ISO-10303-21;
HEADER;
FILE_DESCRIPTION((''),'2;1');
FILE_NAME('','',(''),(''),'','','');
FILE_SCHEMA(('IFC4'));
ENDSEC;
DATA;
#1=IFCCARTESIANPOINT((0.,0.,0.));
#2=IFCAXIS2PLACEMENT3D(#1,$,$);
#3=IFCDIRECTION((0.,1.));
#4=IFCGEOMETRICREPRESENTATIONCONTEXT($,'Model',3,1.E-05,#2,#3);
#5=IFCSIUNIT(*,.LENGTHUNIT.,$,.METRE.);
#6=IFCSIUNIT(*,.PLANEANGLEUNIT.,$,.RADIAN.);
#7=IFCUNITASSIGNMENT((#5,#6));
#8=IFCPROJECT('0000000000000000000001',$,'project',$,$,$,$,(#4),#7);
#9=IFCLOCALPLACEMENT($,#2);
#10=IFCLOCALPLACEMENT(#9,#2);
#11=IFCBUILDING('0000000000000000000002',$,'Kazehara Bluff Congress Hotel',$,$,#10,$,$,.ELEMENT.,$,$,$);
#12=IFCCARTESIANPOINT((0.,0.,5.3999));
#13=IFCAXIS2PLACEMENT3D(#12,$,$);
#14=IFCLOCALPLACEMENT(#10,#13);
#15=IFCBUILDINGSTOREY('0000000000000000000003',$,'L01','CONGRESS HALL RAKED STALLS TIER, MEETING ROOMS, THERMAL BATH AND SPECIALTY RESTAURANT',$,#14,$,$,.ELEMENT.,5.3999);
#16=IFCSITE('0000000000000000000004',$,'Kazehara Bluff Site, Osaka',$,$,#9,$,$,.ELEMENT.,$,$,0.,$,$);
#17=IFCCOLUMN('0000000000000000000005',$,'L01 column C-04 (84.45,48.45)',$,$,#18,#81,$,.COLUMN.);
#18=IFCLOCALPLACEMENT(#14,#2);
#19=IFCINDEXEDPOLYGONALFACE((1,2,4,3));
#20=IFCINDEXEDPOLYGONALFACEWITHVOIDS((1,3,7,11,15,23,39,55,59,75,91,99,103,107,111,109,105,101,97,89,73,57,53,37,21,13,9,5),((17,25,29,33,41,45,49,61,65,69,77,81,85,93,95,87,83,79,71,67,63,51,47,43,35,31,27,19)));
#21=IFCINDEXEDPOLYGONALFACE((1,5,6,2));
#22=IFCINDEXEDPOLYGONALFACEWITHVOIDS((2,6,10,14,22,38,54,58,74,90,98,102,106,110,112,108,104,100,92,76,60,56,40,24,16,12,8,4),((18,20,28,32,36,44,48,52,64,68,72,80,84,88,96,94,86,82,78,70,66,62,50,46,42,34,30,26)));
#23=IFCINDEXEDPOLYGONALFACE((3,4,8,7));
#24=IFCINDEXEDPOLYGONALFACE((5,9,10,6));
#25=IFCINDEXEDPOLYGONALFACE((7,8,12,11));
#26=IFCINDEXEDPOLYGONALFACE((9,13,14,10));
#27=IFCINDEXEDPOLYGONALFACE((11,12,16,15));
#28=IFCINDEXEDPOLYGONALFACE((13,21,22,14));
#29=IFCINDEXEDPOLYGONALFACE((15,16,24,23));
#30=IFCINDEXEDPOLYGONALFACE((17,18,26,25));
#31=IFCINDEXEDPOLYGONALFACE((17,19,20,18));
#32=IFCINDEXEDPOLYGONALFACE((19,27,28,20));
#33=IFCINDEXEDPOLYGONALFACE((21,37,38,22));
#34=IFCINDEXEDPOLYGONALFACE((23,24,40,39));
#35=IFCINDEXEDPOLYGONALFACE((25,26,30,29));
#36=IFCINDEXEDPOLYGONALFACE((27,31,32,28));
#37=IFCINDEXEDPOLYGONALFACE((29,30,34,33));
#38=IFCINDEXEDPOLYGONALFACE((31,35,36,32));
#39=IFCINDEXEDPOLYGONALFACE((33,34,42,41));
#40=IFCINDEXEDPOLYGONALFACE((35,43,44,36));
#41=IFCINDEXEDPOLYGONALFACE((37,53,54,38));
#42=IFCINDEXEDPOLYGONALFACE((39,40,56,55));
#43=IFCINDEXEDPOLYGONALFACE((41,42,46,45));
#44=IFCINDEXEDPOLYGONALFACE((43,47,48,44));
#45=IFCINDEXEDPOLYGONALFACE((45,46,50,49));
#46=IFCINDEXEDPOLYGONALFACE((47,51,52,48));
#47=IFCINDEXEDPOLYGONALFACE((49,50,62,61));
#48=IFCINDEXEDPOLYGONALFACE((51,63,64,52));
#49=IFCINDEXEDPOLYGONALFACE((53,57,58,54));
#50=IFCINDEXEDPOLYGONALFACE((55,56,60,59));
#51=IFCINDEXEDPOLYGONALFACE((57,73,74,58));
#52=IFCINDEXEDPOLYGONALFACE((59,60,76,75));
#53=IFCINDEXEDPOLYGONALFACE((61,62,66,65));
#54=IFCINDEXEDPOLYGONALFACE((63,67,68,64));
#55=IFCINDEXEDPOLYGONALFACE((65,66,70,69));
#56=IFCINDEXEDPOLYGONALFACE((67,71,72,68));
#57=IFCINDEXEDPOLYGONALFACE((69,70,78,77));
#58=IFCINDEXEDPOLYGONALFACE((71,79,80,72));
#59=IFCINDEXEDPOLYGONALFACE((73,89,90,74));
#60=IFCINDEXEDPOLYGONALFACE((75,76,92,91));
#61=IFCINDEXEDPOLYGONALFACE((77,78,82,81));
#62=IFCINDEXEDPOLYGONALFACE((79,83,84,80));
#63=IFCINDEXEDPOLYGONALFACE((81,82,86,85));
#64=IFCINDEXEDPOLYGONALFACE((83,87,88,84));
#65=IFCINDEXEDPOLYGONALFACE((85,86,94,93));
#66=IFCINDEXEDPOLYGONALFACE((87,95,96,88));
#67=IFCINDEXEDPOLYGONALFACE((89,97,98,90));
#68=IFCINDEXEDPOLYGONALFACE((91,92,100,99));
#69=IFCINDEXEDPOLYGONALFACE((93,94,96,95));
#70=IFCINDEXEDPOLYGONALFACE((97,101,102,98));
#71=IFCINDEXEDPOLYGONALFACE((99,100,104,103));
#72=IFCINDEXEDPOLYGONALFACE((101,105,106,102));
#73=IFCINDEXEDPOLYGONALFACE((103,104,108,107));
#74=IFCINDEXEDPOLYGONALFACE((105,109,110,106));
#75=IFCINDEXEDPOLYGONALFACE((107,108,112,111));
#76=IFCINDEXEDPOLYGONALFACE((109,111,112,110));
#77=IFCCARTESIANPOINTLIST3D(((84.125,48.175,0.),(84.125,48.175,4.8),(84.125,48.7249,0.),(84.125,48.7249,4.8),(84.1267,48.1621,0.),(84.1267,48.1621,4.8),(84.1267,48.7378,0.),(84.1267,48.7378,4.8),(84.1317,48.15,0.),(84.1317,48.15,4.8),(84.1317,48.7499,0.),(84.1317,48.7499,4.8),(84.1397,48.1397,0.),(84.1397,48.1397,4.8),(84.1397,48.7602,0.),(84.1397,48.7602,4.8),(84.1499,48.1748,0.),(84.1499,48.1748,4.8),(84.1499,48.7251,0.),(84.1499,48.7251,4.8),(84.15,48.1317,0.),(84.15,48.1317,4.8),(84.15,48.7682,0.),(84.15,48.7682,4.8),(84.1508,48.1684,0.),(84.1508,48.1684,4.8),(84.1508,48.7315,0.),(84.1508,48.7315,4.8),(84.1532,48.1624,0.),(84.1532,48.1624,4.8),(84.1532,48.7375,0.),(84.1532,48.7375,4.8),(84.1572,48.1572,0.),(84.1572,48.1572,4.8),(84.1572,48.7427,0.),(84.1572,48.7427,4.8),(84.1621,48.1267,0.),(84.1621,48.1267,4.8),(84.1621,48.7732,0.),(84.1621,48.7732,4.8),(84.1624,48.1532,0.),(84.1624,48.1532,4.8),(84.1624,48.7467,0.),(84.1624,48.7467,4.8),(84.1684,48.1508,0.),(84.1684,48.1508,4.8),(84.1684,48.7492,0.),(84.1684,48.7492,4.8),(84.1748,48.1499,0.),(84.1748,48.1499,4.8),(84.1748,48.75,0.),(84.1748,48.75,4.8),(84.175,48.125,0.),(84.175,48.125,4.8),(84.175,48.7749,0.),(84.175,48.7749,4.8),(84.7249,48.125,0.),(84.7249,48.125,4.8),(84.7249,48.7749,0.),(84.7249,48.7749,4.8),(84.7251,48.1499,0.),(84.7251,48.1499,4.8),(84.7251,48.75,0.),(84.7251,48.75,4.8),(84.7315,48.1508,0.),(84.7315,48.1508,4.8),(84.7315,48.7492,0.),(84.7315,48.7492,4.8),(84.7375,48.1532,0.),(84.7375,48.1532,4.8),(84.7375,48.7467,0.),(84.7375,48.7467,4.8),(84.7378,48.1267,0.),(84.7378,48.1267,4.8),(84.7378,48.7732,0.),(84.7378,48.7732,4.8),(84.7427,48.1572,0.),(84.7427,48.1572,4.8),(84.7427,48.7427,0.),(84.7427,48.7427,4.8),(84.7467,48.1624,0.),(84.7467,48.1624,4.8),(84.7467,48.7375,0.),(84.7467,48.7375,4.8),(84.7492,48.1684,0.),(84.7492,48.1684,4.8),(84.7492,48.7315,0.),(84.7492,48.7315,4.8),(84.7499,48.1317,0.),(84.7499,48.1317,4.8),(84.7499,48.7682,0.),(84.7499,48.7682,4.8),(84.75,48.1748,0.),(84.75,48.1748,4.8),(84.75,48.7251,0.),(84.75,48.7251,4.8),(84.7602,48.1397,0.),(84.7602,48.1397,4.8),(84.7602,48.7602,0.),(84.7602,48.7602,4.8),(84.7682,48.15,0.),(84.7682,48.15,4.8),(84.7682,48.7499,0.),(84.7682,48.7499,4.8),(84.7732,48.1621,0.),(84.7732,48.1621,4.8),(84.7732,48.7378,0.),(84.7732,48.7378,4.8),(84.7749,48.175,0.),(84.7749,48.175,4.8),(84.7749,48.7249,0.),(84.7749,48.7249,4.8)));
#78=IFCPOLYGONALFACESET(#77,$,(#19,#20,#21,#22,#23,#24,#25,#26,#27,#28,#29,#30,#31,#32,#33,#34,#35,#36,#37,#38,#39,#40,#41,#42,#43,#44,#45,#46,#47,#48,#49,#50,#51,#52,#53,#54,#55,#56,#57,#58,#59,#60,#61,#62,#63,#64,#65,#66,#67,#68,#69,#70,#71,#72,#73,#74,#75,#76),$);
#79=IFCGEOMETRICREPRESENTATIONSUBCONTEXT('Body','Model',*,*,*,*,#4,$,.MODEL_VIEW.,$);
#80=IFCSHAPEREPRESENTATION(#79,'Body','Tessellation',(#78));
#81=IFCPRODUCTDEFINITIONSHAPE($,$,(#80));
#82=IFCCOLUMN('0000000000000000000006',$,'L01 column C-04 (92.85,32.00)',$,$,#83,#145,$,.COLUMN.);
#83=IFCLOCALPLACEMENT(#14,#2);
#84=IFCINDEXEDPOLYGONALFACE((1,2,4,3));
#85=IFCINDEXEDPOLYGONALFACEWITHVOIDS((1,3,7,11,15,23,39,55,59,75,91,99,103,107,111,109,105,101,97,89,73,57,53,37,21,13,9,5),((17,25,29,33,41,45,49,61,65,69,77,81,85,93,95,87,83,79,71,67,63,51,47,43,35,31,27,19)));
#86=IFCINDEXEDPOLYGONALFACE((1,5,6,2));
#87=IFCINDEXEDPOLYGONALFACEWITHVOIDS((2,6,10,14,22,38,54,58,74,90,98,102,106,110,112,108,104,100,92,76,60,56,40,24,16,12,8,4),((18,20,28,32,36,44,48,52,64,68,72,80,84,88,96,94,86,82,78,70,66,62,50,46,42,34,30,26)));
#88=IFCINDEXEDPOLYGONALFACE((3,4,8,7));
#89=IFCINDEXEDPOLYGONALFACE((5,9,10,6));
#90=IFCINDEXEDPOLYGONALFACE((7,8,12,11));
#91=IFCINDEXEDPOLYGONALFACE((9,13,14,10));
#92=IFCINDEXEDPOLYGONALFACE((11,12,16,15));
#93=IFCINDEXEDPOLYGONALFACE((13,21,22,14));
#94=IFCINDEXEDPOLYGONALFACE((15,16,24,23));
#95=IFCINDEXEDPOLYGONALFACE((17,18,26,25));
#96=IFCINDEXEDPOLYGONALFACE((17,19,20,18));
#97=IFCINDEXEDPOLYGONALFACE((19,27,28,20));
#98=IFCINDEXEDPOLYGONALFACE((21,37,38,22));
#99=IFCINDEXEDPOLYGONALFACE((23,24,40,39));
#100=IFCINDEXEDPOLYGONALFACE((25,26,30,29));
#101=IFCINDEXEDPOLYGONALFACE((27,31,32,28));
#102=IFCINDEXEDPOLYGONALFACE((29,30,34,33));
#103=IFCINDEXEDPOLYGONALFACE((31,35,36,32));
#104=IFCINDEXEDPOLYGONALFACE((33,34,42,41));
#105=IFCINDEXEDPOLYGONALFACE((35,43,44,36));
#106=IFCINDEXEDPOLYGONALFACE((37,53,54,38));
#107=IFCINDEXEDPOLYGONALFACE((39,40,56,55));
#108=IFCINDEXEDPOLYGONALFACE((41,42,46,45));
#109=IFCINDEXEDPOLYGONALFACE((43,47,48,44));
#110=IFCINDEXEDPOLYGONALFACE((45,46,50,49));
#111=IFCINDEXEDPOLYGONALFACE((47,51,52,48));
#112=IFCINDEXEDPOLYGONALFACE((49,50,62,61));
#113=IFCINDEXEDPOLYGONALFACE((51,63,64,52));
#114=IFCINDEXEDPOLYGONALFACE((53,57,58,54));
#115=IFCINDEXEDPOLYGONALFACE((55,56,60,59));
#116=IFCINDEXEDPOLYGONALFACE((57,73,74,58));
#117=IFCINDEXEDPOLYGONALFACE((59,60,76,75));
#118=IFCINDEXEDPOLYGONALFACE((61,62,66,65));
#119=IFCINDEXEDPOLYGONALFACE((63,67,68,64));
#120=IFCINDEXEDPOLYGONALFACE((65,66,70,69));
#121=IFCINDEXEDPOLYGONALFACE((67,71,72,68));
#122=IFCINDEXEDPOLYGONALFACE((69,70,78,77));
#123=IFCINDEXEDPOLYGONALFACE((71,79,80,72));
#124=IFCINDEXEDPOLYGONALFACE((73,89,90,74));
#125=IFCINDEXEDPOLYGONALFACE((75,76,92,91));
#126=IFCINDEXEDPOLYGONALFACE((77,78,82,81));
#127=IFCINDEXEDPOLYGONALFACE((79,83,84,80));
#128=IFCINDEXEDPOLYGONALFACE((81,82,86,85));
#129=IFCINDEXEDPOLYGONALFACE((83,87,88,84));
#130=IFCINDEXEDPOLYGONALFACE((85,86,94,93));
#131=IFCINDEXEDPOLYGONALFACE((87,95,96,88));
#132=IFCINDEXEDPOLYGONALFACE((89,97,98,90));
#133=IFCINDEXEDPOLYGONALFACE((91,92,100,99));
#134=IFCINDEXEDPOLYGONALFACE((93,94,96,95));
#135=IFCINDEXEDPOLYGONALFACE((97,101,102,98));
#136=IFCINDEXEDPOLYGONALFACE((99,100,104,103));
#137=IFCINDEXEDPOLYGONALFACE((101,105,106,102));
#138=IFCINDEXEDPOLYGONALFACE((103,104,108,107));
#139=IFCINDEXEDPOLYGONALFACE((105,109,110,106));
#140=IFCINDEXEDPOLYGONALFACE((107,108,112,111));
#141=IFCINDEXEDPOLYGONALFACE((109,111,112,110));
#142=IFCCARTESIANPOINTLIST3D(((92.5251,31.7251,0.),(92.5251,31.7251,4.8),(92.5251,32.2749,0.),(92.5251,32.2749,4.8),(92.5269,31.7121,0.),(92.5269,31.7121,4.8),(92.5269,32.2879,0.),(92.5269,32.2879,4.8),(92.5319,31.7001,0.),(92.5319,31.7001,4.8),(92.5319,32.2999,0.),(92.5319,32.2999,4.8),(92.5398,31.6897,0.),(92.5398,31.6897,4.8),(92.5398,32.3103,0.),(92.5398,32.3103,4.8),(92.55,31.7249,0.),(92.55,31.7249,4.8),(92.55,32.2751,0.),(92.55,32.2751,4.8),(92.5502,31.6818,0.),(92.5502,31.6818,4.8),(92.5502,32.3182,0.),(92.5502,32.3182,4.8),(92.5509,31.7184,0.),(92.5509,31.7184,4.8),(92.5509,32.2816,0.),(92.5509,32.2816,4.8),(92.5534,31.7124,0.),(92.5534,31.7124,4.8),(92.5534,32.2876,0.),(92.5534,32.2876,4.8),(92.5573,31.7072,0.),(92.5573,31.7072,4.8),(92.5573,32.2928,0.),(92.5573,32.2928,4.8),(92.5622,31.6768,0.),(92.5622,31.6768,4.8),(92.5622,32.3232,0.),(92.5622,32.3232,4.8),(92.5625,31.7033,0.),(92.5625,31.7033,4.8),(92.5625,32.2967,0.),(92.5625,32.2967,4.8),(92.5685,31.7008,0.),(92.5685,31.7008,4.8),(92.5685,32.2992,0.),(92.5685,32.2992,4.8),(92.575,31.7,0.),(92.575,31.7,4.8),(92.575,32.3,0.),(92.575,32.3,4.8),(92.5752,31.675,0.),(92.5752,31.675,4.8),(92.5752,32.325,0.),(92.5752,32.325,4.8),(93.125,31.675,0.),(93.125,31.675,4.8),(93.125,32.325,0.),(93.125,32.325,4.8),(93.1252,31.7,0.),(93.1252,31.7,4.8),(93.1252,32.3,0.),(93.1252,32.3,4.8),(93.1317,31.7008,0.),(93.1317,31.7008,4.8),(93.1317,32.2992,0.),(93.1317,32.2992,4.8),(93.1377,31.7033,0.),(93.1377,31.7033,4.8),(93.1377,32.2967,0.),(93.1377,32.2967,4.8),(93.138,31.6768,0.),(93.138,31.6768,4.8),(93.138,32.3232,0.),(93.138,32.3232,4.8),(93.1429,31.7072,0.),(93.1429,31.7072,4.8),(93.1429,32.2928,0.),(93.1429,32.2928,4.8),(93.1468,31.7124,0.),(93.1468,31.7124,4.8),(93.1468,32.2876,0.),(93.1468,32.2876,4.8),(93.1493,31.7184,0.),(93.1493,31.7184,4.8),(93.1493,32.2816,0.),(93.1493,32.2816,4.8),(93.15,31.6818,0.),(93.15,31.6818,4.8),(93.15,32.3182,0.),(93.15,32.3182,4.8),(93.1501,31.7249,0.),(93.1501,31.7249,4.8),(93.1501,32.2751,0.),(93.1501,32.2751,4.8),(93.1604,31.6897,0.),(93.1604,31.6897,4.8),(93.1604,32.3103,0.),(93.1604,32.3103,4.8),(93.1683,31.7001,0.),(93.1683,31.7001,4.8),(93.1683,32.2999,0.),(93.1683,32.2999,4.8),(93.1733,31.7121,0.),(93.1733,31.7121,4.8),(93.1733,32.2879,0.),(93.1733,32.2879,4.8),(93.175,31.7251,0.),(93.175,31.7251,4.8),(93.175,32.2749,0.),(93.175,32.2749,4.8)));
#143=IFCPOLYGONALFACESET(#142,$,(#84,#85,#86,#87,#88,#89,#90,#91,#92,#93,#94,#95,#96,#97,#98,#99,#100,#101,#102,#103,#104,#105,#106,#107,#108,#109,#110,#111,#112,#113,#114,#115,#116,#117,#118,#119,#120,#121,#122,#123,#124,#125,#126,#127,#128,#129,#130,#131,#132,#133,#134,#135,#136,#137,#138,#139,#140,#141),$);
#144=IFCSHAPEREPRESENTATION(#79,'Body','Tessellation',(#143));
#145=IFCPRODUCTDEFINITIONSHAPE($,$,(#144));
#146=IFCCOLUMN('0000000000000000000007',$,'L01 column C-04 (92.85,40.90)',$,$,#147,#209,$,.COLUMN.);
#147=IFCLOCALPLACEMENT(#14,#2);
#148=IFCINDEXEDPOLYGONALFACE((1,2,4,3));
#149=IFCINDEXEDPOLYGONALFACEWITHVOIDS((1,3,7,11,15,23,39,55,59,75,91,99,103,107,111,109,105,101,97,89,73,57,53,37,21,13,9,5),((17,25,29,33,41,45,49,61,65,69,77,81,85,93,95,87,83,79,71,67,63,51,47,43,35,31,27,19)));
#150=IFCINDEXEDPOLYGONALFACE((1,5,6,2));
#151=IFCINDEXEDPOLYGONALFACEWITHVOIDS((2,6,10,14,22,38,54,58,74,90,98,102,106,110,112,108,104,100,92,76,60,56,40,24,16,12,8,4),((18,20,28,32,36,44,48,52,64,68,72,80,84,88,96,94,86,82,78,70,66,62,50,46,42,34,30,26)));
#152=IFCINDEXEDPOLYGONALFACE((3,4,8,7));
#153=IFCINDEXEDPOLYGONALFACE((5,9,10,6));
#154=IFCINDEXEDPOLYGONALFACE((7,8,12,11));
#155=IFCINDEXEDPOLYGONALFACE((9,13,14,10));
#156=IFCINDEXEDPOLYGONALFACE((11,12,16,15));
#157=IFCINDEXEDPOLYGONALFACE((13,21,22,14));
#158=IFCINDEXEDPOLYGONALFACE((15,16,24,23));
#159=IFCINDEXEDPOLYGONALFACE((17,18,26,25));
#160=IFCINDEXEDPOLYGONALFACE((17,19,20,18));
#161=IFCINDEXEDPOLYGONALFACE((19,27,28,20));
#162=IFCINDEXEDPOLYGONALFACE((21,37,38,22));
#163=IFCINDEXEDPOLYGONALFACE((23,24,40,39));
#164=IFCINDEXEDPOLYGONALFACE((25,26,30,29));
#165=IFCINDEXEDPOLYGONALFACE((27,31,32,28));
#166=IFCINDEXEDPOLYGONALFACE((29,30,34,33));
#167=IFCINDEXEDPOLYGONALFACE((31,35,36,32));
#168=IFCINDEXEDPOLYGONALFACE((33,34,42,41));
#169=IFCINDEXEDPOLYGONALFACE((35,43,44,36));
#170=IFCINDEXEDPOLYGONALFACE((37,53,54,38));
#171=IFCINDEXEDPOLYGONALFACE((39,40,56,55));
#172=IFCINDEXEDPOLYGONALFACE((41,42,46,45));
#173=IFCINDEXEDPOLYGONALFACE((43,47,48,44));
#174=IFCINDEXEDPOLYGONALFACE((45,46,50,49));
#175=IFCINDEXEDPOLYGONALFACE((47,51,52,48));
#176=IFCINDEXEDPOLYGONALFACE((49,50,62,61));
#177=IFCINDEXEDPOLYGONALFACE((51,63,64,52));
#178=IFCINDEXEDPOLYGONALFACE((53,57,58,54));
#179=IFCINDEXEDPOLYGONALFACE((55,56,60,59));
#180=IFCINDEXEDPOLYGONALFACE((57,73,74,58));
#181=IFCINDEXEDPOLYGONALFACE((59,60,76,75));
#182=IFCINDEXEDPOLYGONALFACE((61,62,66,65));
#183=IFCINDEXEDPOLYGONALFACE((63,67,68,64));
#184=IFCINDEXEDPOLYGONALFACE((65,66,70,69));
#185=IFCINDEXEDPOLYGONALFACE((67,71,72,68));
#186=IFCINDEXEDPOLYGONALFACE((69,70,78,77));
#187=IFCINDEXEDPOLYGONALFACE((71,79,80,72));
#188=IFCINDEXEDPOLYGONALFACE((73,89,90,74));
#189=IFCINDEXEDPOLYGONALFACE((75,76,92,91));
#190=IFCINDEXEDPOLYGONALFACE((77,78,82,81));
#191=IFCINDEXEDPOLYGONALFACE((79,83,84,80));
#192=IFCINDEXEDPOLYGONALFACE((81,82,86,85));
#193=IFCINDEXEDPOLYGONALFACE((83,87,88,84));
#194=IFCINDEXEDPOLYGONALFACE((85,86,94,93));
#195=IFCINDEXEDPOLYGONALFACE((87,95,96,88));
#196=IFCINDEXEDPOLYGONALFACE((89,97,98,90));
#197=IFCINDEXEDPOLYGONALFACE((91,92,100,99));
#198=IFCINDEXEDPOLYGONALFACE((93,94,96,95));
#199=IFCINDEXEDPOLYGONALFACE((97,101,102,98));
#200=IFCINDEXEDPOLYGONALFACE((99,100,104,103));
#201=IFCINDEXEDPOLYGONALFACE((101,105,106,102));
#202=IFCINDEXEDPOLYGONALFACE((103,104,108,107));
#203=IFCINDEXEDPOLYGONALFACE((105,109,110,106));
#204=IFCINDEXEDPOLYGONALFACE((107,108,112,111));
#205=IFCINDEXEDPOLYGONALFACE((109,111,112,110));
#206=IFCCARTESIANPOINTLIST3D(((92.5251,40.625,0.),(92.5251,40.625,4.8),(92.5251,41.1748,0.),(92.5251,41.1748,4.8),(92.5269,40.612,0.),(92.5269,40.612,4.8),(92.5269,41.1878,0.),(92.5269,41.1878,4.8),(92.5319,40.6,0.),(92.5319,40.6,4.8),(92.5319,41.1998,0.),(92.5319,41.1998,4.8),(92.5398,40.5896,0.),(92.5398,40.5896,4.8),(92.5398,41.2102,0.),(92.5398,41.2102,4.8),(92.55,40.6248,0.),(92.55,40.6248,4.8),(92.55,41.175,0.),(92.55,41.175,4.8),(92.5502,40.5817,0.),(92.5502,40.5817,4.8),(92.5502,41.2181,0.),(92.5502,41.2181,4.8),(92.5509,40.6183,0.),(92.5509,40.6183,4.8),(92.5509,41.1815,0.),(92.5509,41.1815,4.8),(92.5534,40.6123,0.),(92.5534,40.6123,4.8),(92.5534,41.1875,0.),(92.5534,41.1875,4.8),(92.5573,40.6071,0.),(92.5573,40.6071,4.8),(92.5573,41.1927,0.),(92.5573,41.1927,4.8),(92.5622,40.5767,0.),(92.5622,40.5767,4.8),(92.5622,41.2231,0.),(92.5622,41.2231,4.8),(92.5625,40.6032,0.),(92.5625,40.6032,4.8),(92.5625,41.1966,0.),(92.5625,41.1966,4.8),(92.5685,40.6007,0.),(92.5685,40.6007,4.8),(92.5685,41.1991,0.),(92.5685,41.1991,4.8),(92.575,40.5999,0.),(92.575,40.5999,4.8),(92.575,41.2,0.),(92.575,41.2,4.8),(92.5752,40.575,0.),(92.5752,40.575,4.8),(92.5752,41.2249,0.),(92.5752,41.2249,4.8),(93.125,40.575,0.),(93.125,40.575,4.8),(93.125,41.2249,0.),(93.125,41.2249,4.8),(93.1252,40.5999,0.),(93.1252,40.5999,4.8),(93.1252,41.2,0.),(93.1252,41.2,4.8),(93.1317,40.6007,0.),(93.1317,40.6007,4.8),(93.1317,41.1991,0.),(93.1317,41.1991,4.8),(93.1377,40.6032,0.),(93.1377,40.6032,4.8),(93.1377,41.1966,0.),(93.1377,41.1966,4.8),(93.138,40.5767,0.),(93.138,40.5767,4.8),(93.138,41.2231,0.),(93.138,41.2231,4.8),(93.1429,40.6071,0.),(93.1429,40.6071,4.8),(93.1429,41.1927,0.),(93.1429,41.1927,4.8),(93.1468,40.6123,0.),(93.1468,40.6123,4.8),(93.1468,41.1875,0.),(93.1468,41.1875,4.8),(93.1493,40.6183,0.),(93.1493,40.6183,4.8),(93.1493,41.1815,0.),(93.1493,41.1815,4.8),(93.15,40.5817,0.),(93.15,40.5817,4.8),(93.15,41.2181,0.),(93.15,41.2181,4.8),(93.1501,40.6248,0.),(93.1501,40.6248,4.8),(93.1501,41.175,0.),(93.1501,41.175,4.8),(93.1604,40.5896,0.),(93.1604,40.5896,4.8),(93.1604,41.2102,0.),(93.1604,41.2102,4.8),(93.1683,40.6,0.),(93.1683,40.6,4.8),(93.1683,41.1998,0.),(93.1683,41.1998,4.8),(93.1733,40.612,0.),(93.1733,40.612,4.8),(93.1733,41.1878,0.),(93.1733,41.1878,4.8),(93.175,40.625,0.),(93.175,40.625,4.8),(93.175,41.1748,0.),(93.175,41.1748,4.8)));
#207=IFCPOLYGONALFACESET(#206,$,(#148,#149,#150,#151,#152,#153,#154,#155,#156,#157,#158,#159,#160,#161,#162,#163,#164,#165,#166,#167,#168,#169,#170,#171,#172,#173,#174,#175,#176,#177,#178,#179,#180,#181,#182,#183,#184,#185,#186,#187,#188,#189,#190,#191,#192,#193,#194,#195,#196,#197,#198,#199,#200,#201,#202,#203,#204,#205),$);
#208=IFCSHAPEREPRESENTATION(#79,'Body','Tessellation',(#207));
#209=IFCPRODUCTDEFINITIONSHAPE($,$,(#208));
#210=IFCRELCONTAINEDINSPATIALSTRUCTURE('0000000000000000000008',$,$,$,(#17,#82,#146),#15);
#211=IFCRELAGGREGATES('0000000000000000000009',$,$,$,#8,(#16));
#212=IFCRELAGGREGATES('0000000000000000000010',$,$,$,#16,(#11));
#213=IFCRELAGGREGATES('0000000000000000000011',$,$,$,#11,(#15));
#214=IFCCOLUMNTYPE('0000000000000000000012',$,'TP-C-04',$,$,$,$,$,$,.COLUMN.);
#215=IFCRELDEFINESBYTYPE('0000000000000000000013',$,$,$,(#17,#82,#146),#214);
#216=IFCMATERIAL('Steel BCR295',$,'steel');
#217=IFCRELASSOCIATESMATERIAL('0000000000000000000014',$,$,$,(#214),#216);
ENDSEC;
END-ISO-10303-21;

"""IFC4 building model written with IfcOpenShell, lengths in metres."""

from ifc_helpers import new_model, si_unit, direction, frame, origin, origin_2d, place, context, subcontext, project, spatial, hollow_rectangle, extrude, material, material_profile, profile_set, type_object, element, save


model = new_model("IFC4")

# Units and contexts
model_context = context("Model", 3, precision=1e-05, world=origin(), true_north=direction((0.0, 1.0)))
body_context = subcontext(model_context, "Body", "Model", "MODEL_VIEW")
ifc_project = project(units=[si_unit("LENGTHUNIT", "METRE"), si_unit("PLANEANGLEUNIT", "RADIAN")], contexts=[model_context])

# Site, building, storey
site_placement = place(None, origin())
site = spatial("IfcSite", under=ifc_project, at=site_placement, Name="Kazehara Bluff Site, Osaka", CompositionType="ELEMENT", RefElevation=0.0)
building_placement = place(site_placement, origin())
building = spatial("IfcBuilding", under=site, at=building_placement, Name="Kazehara Bluff Congress Hotel", CompositionType="ELEMENT")
storey_placement = place(building_placement, frame((0.0, 0.0, 5.3999)))
storey = spatial("IfcBuildingStorey", under=building, at=storey_placement, Name="L01", Description="CONGRESS HALL RAKED STALLS TIER, MEETING ROOMS, THERMAL BATH AND SPECIALTY RESTAURANT", CompositionType="ELEMENT", Elevation=5.3999)

# Columns
ifc_material_1 = material(Name="Steel BCR295", Category="steel")
ifc_material_profile_1 = material_profile(ifc_material_1, hollow_rectangle(XDim=0.6499, YDim=0.6499, WallThickness=0.0249, InnerFilletRadius=0.0249, OuterFilletRadius=0.05, at=origin_2d()))
ifc_profile_set_1 = profile_set([ifc_material_profile_1], Name="Steel BCR295")
column_type = type_object("IfcColumnType", Name="TP-C-04", PredefinedType="COLUMN", material=ifc_profile_set_1)
for number, where, z_axis, x_axis, name in (
    (1, (84.45, 48.45, 0.0), (0.0, 0.0, 1.0), (1.0, 0.0, 0.0), "L01 column C-04 (84.45,48.45)"),
    (2, (92.8501, 32.0, 0.0), (0.0, 0.0, 1.0), (1.0, 0.0, 0.0), "L01 column C-04 (92.85,32.00)"),
    (3, (92.8501, 40.8999, 0.0), (0.0, 0.0, 1.0), (1.0, 0.0, 0.0), "L01 column C-04 (92.85,40.90)"),
):
    element("IfcColumn", number, at=place(storey_placement, frame(where, z_axis=z_axis, x_axis=x_axis)), inside=storey, type_object=column_type, Name=name, PredefinedType="COLUMN", context=body_context, shape_type="SweptSolid", body=[
        extrude(hollow_rectangle(XDim=0.6499, YDim=0.6499, WallThickness=0.0249, InnerFilletRadius=0.0249, OuterFilletRadius=0.05, at=origin_2d()), origin(), (0.0, 0.0, 1.0), 4.8),
    ])

save(model, "model.ifc")
